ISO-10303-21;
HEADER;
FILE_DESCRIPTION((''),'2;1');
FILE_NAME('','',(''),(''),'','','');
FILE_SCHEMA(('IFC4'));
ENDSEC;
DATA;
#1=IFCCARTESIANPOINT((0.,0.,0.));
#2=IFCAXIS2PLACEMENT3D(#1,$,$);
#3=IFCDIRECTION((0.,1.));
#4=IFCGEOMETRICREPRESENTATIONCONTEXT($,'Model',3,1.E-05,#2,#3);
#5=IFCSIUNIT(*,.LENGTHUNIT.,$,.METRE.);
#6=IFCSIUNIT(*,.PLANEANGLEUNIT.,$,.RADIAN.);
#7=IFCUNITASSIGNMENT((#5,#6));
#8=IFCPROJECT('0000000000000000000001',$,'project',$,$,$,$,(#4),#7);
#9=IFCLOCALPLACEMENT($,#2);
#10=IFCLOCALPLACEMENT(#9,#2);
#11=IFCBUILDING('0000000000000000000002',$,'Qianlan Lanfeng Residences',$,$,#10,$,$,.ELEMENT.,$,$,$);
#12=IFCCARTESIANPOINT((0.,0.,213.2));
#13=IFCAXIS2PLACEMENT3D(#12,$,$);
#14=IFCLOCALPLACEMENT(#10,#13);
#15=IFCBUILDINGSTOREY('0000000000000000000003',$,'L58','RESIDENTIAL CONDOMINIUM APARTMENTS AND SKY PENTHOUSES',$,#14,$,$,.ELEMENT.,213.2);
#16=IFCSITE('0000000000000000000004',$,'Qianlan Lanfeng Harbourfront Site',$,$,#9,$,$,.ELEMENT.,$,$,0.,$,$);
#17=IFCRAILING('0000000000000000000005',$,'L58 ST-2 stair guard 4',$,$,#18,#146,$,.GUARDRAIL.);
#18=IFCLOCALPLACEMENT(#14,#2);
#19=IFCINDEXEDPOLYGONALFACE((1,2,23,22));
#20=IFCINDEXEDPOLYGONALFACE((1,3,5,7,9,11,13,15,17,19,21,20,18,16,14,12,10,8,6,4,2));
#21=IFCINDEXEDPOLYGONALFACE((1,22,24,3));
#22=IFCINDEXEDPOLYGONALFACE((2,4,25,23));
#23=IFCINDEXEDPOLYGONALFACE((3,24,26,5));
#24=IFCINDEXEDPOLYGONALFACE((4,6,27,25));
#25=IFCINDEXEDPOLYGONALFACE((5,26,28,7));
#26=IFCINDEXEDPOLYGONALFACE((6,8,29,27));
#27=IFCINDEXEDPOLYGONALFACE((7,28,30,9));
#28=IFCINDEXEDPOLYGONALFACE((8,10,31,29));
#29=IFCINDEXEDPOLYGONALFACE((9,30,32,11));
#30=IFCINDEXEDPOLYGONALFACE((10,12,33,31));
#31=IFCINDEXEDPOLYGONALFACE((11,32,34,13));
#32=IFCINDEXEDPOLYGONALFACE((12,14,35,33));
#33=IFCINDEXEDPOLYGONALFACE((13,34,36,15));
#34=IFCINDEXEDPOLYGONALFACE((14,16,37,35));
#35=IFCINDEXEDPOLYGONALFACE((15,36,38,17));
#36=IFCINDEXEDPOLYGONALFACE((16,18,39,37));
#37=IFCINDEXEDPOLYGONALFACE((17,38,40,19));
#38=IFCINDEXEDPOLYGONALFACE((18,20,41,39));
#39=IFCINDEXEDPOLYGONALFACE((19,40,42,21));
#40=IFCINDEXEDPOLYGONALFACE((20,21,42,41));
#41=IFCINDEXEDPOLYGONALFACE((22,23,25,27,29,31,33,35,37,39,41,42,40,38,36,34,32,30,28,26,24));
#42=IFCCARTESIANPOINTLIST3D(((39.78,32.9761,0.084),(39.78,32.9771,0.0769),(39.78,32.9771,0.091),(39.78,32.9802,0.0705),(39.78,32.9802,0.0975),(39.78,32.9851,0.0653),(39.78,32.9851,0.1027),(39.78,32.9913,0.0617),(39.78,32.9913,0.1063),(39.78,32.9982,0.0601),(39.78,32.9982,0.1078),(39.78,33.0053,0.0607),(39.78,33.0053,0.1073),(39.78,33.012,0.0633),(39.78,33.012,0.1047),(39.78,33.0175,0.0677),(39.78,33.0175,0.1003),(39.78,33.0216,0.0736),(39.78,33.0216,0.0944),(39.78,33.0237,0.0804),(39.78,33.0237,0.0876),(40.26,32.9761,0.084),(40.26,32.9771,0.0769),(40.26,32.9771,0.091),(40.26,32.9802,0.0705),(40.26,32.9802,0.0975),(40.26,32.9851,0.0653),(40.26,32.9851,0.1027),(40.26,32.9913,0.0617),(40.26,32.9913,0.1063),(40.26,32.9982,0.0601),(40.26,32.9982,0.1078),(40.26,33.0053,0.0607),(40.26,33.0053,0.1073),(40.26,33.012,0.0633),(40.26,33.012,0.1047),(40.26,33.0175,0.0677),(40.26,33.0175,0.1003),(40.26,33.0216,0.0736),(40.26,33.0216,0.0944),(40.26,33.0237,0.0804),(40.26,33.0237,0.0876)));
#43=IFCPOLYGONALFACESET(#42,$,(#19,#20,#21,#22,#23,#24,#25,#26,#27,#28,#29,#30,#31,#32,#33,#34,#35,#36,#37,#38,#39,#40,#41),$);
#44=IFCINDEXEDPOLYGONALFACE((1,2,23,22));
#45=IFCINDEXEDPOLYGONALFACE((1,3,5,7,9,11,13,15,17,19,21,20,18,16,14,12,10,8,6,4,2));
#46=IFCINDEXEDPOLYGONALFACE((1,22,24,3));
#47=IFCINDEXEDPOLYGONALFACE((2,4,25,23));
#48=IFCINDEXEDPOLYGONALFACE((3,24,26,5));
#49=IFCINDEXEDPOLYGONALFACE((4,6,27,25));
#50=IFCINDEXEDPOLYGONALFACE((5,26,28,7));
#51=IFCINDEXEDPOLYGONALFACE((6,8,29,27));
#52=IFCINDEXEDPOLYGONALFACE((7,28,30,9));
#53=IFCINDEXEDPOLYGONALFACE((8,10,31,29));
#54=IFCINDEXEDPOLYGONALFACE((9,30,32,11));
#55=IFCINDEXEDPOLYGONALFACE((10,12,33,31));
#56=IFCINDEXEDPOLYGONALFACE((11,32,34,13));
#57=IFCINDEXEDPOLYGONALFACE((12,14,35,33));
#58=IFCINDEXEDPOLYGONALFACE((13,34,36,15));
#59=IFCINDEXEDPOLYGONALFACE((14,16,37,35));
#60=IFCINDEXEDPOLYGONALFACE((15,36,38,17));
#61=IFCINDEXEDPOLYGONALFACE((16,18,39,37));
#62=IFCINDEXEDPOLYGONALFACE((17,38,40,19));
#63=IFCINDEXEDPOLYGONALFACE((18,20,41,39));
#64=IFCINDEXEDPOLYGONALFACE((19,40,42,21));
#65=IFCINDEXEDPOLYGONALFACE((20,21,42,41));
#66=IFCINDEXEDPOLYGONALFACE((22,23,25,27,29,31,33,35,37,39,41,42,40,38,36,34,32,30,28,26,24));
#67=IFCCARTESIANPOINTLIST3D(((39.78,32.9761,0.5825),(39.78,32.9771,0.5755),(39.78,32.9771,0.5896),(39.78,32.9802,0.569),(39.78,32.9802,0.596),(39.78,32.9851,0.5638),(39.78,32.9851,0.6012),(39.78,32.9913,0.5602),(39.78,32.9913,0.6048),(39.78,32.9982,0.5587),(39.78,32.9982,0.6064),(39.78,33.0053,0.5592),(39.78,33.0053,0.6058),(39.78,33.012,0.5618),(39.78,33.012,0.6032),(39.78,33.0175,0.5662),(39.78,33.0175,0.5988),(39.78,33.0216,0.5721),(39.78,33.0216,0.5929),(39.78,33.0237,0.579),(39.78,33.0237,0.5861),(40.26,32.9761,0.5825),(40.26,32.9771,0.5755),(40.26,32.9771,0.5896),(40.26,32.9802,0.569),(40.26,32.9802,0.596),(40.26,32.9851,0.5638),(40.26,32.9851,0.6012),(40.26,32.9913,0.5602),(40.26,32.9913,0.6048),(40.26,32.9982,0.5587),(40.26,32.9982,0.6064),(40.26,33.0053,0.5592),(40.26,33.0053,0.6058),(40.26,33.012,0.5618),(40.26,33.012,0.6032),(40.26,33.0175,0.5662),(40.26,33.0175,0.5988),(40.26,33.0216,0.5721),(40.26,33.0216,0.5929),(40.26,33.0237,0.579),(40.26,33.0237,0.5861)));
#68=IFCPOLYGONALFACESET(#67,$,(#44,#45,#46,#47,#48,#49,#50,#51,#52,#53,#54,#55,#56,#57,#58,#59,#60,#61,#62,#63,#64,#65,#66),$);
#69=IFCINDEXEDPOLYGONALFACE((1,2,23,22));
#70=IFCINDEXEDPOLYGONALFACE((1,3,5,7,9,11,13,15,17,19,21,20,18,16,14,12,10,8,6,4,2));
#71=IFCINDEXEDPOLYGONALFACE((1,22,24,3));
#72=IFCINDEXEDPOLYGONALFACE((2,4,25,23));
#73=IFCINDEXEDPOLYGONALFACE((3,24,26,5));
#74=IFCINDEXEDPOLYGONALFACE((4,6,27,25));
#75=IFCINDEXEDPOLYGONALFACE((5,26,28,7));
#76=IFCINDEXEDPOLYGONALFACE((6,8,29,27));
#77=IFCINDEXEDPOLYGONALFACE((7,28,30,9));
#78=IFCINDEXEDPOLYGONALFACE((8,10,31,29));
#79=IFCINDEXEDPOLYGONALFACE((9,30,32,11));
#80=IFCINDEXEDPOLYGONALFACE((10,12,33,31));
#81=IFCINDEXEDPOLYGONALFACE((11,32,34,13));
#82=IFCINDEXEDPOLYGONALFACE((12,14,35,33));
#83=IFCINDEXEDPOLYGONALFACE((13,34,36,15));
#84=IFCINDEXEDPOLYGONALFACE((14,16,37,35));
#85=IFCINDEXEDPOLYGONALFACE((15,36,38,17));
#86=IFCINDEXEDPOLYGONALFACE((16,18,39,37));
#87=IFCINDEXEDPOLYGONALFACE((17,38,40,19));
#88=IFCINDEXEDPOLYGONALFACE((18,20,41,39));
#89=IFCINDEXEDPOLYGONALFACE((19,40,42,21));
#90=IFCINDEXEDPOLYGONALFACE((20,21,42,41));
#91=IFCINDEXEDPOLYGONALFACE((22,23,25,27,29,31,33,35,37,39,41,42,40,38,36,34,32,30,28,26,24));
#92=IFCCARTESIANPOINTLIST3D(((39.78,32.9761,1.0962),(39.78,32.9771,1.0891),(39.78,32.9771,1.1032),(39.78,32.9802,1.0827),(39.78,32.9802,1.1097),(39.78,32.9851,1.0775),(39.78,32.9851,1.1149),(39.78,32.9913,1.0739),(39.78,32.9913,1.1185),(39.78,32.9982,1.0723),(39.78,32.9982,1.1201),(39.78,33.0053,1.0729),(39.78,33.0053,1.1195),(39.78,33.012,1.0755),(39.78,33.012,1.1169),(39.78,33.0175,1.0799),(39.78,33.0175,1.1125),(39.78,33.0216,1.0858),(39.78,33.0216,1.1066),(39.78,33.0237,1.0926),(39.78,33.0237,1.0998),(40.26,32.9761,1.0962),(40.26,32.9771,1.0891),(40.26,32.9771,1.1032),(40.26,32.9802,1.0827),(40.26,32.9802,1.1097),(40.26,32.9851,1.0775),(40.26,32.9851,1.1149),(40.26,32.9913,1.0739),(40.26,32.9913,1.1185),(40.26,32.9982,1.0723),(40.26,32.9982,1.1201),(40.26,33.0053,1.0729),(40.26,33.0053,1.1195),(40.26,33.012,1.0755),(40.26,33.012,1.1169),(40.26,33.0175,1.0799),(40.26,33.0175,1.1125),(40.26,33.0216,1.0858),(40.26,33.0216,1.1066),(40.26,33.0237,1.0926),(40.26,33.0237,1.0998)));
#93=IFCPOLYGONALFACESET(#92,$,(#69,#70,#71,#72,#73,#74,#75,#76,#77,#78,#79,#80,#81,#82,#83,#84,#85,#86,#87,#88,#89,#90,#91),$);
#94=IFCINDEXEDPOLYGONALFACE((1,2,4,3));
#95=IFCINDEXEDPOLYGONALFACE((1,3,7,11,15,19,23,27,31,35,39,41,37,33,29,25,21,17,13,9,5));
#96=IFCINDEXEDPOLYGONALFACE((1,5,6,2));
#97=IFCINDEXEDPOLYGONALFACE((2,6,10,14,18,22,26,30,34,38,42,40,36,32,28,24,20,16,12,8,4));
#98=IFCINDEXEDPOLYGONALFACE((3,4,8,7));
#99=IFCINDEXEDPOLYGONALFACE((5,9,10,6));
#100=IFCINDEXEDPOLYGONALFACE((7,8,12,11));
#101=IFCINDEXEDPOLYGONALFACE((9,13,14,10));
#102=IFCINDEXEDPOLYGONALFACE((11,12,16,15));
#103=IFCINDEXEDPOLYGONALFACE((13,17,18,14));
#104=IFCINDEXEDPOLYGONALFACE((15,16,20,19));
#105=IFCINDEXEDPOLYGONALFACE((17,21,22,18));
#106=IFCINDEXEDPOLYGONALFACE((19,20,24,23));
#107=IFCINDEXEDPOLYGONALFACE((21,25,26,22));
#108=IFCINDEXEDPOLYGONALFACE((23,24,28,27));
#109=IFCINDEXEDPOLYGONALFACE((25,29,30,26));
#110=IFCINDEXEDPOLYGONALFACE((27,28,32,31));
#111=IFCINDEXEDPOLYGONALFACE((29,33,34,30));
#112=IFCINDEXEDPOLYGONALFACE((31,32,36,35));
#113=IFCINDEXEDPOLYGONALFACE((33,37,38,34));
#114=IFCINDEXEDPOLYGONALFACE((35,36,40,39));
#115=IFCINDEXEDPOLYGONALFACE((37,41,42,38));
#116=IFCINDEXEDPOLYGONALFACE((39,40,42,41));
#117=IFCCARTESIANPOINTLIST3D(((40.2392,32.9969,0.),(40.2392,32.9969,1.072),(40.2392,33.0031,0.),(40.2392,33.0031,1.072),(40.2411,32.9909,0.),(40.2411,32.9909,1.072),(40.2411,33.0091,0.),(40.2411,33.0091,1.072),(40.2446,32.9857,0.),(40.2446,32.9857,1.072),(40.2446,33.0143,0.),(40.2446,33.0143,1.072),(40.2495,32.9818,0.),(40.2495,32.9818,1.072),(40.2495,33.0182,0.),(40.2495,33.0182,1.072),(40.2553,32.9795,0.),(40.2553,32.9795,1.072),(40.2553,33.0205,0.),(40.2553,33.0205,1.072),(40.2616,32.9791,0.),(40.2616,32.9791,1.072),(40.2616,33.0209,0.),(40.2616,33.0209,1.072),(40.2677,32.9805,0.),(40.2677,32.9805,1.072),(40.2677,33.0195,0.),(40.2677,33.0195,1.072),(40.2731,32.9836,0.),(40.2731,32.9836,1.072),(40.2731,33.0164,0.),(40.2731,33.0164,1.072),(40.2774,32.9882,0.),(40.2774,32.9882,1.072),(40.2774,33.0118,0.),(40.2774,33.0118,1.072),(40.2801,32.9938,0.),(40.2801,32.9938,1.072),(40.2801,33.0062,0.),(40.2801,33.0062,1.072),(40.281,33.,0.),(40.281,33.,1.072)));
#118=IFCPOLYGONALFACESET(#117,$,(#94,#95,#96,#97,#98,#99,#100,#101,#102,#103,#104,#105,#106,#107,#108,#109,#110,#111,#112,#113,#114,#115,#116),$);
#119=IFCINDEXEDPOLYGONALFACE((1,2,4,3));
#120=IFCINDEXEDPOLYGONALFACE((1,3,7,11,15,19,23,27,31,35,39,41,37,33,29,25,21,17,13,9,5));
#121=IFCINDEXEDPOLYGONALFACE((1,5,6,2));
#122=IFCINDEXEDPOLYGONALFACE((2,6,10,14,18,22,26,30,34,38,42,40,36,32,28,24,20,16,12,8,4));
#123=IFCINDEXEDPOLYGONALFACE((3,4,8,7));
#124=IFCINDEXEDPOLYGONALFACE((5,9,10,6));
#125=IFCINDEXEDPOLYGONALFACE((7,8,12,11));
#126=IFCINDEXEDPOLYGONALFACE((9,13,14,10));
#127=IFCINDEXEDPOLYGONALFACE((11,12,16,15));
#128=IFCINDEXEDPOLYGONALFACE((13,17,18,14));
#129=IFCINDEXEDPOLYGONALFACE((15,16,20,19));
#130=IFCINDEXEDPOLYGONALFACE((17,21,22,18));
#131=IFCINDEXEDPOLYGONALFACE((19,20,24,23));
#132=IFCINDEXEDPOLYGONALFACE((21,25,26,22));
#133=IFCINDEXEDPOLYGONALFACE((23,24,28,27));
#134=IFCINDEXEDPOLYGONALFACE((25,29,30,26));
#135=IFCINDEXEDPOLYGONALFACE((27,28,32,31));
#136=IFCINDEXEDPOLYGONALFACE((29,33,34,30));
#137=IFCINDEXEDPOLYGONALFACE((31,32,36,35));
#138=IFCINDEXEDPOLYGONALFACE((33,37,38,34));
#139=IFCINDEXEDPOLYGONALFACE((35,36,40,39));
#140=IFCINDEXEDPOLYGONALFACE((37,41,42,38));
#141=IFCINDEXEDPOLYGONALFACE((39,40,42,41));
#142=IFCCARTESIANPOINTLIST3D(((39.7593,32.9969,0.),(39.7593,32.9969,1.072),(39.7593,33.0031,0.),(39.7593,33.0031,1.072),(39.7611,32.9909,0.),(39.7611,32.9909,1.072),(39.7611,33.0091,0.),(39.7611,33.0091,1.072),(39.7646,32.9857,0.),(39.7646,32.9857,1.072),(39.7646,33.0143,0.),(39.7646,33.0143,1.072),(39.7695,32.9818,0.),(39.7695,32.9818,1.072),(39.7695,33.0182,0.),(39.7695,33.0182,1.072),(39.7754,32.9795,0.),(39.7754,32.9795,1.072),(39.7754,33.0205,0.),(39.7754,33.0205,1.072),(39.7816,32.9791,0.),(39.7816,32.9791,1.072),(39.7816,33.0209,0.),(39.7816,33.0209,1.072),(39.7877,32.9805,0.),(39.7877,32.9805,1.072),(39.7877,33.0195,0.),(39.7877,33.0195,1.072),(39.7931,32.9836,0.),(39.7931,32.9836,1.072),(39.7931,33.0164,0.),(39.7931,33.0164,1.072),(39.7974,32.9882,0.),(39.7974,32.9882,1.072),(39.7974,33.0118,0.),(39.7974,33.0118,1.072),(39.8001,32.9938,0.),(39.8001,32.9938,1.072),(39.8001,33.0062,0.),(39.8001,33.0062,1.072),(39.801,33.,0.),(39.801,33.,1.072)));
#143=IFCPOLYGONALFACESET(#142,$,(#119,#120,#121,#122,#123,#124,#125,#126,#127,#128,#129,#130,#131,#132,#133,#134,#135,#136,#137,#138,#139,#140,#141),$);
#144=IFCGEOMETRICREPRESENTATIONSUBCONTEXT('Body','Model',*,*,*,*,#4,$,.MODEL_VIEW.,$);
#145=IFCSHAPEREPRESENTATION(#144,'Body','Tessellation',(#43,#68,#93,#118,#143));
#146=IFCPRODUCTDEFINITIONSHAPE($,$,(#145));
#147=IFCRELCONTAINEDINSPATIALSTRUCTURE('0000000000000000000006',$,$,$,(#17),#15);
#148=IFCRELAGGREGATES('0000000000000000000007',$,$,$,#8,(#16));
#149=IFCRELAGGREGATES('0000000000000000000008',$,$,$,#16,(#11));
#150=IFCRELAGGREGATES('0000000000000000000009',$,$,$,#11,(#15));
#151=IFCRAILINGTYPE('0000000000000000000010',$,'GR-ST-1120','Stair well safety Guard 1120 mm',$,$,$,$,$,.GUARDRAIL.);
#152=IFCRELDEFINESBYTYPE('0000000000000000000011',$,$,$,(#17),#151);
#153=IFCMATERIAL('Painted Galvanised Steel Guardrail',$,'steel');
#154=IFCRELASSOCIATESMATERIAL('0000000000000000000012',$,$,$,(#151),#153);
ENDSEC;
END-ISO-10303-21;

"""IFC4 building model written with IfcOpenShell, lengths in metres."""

from ifc_helpers import new_model, si_unit, direction, frame, origin, origin_2d, place, context, subcontext, project, spatial, circle, extrude, material, type_object, element, save


model = new_model("IFC4")

# Units and contexts
model_context = context("Model", 3, precision=1e-05, world=origin(), true_north=direction((0.0, 1.0)))
body_context = subcontext(model_context, "Body", "Model", "MODEL_VIEW")
ifc_project = project(units=[si_unit("LENGTHUNIT", "METRE"), si_unit("PLANEANGLEUNIT", "RADIAN")], contexts=[model_context])

# Site, building, storey
site_placement = place(None, origin())
site = spatial("IfcSite", under=ifc_project, at=site_placement, Name="Qianlan Lanfeng Harbourfront Site", CompositionType="ELEMENT", RefElevation=0.0)
building_placement = place(site_placement, origin())
building = spatial("IfcBuilding", under=site, at=building_placement, Name="Qianlan Lanfeng Residences", CompositionType="ELEMENT")
storey_placement = place(building_placement, frame((0.0, 0.0, 213.2)))
storey = spatial("IfcBuildingStorey", under=building, at=storey_placement, Name="L58", Description="RESIDENTIAL CONDOMINIUM APARTMENTS AND SKY PENTHOUSES", CompositionType="ELEMENT", Elevation=213.2)

# Railing
ifc_material_1 = material(Name="Painted Galvanised Steel Guardrail", Category="steel")
railing_type_1 = type_object("IfcRailingType", Name="GR-ST-1120", Description="Stair well safety Guard 1120 mm", PredefinedType="GUARDRAIL", material=ifc_material_1)
railing_1_placement = place(storey_placement, frame((40.26, 33.0, 0.0)))
element("IfcRailing", 1, at=railing_1_placement, inside=storey, type_object=railing_type_1, Name="L58 ST-2 stair guard 4", PredefinedType="GUARDRAIL", context=body_context, shape_type="SweptSolid", body=[
    extrude(circle(Radius=0.0239, at=origin_2d()), frame((0.0, 0.0, 0.084), z_axis=(-1.0, 0.0, 0.0), x_axis=(0.0, -1.0, 0.0)), (0.0, 0.0, 1.0), 0.48),
    extrude(circle(Radius=0.0239, at=origin_2d()), frame((0.0, 0.0, 0.5825), z_axis=(-1.0, 0.0, 0.0), x_axis=(0.0, -1.0, 0.0)), (0.0, 0.0, 1.0), 0.48),
    extrude(circle(Radius=0.0239, at=origin_2d()), frame((0.0, 0.0, 1.0962), z_axis=(-1.0, 0.0, 0.0), x_axis=(0.0, -1.0, 0.0)), (0.0, 0.0, 1.0), 0.48),
    extrude(circle(Radius=0.021, at=origin_2d()), origin(), (0.0, 0.0, 1.0), 1.072),
    extrude(circle(Radius=0.021, at=origin_2d()), frame((-0.48, 0.0, 0.0)), (0.0, 0.0, 1.0), 1.072),
])

save(model, "model.ifc")
